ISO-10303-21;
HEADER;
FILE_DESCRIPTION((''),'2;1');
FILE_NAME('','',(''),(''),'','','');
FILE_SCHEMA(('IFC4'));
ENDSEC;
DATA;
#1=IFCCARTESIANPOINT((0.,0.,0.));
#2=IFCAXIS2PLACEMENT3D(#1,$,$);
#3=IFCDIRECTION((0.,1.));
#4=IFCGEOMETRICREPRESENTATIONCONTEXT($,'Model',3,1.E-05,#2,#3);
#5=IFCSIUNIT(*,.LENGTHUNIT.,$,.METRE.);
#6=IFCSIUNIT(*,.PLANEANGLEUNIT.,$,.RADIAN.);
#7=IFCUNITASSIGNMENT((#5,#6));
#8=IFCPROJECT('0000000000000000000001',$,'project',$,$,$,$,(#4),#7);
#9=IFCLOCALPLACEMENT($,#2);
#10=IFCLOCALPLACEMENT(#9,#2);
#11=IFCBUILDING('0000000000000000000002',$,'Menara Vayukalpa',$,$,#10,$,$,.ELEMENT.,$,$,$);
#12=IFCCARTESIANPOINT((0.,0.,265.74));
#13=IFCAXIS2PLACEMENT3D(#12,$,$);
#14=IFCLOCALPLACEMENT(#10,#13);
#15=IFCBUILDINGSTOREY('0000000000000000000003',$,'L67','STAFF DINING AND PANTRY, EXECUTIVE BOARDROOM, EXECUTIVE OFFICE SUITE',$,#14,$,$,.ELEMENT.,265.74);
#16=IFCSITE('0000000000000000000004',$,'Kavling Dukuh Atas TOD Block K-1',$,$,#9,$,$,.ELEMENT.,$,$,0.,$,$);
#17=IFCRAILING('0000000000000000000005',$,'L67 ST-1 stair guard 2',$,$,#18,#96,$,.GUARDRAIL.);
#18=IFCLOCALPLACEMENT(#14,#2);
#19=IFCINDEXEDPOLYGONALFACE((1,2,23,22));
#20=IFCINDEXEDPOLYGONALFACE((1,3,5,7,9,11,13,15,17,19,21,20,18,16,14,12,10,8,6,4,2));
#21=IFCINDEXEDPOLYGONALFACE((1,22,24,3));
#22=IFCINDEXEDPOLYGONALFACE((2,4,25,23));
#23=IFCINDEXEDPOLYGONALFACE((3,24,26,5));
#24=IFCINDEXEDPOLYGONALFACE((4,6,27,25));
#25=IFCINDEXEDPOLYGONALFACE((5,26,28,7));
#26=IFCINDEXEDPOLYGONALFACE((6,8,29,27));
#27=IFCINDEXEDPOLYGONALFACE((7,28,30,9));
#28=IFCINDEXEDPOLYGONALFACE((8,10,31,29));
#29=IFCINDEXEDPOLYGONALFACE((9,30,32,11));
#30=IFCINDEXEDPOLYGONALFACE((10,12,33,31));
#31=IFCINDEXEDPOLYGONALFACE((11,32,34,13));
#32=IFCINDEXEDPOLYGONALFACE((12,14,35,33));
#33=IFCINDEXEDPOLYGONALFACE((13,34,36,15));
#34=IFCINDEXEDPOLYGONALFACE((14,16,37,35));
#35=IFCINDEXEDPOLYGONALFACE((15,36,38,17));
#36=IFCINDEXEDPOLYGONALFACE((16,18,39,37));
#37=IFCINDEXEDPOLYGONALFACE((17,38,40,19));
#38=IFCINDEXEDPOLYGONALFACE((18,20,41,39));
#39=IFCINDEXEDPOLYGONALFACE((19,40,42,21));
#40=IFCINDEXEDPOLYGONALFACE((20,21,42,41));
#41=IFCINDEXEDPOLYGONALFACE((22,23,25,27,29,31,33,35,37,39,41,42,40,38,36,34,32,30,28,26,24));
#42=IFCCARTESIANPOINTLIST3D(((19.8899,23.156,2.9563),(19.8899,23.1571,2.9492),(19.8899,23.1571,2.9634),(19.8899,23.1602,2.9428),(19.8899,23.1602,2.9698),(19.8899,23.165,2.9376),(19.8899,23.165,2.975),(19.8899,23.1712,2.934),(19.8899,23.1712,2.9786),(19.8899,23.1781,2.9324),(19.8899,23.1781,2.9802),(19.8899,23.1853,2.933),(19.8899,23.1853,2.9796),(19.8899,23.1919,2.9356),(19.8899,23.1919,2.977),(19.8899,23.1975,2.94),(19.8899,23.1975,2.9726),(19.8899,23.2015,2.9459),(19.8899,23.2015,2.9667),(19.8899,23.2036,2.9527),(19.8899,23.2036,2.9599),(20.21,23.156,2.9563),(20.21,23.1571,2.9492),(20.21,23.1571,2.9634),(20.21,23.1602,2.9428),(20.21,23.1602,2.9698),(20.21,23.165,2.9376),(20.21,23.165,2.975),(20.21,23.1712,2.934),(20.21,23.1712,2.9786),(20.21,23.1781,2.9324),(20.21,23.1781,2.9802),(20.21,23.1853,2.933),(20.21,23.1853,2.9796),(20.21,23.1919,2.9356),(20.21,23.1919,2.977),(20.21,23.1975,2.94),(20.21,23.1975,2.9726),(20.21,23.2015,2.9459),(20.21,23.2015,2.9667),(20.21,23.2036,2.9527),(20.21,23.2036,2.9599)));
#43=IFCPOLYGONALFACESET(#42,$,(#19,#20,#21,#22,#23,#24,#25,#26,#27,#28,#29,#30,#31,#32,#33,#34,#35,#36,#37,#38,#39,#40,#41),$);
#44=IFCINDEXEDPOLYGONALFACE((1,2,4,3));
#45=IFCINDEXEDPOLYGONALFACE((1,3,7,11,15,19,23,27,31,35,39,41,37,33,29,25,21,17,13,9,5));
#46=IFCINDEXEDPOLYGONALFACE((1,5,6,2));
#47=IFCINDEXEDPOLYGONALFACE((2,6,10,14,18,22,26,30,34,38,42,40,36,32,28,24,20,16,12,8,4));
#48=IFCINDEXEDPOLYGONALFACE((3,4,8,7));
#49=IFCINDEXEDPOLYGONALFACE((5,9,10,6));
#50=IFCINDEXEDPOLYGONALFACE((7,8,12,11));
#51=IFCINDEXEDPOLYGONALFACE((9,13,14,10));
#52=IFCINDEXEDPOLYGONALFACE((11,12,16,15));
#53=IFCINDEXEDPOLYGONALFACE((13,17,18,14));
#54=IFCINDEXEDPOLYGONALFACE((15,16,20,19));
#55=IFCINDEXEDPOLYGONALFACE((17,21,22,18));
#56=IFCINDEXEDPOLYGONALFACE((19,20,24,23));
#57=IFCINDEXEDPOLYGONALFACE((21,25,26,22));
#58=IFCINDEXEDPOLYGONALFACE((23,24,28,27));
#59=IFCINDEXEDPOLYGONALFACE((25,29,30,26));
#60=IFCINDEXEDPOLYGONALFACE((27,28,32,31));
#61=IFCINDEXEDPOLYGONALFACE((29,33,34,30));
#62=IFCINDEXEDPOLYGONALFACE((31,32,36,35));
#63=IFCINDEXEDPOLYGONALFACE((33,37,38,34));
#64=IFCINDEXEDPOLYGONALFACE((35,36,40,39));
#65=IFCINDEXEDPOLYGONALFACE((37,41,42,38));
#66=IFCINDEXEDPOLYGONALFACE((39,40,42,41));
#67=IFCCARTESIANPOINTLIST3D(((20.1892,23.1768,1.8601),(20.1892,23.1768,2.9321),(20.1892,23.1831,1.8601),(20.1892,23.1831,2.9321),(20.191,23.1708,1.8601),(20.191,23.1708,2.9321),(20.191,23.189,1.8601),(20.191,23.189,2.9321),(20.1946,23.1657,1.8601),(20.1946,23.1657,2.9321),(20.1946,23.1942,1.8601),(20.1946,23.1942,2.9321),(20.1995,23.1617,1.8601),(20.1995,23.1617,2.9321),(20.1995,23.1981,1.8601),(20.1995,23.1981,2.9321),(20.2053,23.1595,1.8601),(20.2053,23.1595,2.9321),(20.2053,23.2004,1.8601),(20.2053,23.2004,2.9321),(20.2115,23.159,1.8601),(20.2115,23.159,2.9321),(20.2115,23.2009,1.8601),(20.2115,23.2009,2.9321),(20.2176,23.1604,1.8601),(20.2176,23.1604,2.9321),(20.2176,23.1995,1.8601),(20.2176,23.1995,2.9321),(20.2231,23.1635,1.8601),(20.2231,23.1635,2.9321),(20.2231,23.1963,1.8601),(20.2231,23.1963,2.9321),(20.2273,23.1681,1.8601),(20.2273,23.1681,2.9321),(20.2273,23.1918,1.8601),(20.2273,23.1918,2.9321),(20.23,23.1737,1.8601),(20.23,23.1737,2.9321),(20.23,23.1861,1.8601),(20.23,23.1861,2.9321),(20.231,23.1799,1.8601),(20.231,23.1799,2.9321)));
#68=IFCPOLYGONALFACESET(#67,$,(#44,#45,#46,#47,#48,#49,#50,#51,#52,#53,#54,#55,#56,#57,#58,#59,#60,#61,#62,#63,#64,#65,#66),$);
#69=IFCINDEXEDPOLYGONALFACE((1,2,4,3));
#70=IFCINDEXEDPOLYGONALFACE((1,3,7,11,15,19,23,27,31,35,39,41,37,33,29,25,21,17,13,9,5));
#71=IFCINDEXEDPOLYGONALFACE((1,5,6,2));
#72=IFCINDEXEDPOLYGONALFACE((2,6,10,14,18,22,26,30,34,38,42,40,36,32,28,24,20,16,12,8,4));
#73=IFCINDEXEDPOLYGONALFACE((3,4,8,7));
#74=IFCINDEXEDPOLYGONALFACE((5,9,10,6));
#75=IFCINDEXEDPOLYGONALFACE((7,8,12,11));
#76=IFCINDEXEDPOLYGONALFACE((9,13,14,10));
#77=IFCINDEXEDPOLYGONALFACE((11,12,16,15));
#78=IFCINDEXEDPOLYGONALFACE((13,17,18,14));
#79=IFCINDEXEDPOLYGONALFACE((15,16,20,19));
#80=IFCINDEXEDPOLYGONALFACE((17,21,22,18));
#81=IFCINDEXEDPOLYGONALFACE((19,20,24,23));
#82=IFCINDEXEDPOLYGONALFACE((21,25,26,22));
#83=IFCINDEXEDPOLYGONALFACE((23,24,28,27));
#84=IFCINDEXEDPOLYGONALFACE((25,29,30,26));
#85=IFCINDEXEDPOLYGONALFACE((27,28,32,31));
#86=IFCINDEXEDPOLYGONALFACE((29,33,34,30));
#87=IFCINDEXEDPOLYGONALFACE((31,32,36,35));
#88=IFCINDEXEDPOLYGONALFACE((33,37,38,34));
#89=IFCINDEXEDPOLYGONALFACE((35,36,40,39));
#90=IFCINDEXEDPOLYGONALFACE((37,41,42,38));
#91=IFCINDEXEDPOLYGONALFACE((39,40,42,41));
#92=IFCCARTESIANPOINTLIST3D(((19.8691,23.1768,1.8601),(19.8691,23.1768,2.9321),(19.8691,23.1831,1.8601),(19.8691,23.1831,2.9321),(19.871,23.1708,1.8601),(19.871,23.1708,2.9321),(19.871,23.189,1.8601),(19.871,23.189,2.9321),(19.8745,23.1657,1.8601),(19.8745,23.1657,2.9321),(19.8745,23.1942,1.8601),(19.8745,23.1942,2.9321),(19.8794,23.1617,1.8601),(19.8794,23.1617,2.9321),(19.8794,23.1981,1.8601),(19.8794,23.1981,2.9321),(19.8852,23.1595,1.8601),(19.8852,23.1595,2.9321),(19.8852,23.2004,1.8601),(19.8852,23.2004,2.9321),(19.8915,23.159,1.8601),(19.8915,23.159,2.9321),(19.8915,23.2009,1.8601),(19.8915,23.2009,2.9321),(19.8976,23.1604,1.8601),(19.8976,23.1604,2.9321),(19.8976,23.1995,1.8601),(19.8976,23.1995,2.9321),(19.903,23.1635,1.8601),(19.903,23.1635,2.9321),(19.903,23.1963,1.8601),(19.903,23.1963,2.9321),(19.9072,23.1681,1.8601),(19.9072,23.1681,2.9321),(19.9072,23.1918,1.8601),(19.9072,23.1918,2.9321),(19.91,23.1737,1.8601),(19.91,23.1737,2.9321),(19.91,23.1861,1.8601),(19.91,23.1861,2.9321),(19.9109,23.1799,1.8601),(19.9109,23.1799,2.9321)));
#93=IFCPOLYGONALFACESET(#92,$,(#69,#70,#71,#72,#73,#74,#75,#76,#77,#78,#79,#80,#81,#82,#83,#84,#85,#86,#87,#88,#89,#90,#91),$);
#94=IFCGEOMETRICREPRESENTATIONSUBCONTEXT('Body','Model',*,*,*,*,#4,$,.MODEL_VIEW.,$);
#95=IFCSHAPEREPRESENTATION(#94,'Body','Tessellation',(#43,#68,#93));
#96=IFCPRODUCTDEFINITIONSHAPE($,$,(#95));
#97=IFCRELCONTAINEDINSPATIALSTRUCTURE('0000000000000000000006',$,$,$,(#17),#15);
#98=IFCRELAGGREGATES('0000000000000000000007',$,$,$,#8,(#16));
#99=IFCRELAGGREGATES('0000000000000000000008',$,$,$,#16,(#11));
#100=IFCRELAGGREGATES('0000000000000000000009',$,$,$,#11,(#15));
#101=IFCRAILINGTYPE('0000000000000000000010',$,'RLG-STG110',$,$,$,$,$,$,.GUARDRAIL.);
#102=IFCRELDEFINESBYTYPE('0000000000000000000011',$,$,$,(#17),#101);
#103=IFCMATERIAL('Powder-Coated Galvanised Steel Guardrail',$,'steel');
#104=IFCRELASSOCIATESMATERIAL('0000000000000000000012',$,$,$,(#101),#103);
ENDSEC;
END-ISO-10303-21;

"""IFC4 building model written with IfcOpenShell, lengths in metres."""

from ifc_helpers import new_model, si_unit, direction, frame, origin, origin_2d, place, context, subcontext, project, spatial, circle, extrude, material, type_object, element, save


model = new_model("IFC4")

# Units and contexts
model_context = context("Model", 3, precision=1e-05, world=origin(), true_north=direction((0.0, 1.0)))
body_context = subcontext(model_context, "Body", "Model", "MODEL_VIEW")
ifc_project = project(units=[si_unit("LENGTHUNIT", "METRE"), si_unit("PLANEANGLEUNIT", "RADIAN")], contexts=[model_context])

# Site, building, storey
site_placement = place(None, origin())
site = spatial("IfcSite", under=ifc_project, at=site_placement, Name="Kavling Dukuh Atas TOD Block K-1", CompositionType="ELEMENT", RefElevation=0.0)
building_placement = place(site_placement, origin())
building = spatial("IfcBuilding", under=site, at=building_placement, Name="Menara Vayukalpa", CompositionType="ELEMENT")
storey_placement = place(building_placement, frame((0.0, 0.0, 265.74)))
storey = spatial("IfcBuildingStorey", under=building, at=storey_placement, Name="L67", Description="STAFF DINING AND PANTRY, EXECUTIVE BOARDROOM, EXECUTIVE OFFICE SUITE", CompositionType="ELEMENT", Elevation=265.74)

# Railing
ifc_material_1 = material(Name="Powder-Coated Galvanised Steel Guardrail", Category="steel")
railing_type_1 = type_object("IfcRailingType", Name="RLG-STG110", PredefinedType="GUARDRAIL", material=ifc_material_1)
railing_1_placement = place(storey_placement, frame((20.21, 23.1799, 1.8601)))
element("IfcRailing", 1, at=railing_1_placement, inside=storey, type_object=railing_type_1, Name="L67 ST-1 stair guard 2", PredefinedType="GUARDRAIL", context=body_context, shape_type="SweptSolid", body=[
    extrude(circle(Radius=0.0239, at=origin_2d()), frame((0.0, 0.0, 1.0962), z_axis=(-1.0, 0.0, 0.0), x_axis=(0.0, -1.0, 0.0)), (0.0, 0.0, 1.0), 0.3201),
    extrude(circle(Radius=0.021, at=origin_2d()), origin(), (0.0, 0.0, 1.0), 1.072),
    extrude(circle(Radius=0.021, at=origin_2d()), frame((-0.3201, 0.0, 0.0)), (0.0, 0.0, 1.0), 1.072),
])

save(model, "model.ifc")
